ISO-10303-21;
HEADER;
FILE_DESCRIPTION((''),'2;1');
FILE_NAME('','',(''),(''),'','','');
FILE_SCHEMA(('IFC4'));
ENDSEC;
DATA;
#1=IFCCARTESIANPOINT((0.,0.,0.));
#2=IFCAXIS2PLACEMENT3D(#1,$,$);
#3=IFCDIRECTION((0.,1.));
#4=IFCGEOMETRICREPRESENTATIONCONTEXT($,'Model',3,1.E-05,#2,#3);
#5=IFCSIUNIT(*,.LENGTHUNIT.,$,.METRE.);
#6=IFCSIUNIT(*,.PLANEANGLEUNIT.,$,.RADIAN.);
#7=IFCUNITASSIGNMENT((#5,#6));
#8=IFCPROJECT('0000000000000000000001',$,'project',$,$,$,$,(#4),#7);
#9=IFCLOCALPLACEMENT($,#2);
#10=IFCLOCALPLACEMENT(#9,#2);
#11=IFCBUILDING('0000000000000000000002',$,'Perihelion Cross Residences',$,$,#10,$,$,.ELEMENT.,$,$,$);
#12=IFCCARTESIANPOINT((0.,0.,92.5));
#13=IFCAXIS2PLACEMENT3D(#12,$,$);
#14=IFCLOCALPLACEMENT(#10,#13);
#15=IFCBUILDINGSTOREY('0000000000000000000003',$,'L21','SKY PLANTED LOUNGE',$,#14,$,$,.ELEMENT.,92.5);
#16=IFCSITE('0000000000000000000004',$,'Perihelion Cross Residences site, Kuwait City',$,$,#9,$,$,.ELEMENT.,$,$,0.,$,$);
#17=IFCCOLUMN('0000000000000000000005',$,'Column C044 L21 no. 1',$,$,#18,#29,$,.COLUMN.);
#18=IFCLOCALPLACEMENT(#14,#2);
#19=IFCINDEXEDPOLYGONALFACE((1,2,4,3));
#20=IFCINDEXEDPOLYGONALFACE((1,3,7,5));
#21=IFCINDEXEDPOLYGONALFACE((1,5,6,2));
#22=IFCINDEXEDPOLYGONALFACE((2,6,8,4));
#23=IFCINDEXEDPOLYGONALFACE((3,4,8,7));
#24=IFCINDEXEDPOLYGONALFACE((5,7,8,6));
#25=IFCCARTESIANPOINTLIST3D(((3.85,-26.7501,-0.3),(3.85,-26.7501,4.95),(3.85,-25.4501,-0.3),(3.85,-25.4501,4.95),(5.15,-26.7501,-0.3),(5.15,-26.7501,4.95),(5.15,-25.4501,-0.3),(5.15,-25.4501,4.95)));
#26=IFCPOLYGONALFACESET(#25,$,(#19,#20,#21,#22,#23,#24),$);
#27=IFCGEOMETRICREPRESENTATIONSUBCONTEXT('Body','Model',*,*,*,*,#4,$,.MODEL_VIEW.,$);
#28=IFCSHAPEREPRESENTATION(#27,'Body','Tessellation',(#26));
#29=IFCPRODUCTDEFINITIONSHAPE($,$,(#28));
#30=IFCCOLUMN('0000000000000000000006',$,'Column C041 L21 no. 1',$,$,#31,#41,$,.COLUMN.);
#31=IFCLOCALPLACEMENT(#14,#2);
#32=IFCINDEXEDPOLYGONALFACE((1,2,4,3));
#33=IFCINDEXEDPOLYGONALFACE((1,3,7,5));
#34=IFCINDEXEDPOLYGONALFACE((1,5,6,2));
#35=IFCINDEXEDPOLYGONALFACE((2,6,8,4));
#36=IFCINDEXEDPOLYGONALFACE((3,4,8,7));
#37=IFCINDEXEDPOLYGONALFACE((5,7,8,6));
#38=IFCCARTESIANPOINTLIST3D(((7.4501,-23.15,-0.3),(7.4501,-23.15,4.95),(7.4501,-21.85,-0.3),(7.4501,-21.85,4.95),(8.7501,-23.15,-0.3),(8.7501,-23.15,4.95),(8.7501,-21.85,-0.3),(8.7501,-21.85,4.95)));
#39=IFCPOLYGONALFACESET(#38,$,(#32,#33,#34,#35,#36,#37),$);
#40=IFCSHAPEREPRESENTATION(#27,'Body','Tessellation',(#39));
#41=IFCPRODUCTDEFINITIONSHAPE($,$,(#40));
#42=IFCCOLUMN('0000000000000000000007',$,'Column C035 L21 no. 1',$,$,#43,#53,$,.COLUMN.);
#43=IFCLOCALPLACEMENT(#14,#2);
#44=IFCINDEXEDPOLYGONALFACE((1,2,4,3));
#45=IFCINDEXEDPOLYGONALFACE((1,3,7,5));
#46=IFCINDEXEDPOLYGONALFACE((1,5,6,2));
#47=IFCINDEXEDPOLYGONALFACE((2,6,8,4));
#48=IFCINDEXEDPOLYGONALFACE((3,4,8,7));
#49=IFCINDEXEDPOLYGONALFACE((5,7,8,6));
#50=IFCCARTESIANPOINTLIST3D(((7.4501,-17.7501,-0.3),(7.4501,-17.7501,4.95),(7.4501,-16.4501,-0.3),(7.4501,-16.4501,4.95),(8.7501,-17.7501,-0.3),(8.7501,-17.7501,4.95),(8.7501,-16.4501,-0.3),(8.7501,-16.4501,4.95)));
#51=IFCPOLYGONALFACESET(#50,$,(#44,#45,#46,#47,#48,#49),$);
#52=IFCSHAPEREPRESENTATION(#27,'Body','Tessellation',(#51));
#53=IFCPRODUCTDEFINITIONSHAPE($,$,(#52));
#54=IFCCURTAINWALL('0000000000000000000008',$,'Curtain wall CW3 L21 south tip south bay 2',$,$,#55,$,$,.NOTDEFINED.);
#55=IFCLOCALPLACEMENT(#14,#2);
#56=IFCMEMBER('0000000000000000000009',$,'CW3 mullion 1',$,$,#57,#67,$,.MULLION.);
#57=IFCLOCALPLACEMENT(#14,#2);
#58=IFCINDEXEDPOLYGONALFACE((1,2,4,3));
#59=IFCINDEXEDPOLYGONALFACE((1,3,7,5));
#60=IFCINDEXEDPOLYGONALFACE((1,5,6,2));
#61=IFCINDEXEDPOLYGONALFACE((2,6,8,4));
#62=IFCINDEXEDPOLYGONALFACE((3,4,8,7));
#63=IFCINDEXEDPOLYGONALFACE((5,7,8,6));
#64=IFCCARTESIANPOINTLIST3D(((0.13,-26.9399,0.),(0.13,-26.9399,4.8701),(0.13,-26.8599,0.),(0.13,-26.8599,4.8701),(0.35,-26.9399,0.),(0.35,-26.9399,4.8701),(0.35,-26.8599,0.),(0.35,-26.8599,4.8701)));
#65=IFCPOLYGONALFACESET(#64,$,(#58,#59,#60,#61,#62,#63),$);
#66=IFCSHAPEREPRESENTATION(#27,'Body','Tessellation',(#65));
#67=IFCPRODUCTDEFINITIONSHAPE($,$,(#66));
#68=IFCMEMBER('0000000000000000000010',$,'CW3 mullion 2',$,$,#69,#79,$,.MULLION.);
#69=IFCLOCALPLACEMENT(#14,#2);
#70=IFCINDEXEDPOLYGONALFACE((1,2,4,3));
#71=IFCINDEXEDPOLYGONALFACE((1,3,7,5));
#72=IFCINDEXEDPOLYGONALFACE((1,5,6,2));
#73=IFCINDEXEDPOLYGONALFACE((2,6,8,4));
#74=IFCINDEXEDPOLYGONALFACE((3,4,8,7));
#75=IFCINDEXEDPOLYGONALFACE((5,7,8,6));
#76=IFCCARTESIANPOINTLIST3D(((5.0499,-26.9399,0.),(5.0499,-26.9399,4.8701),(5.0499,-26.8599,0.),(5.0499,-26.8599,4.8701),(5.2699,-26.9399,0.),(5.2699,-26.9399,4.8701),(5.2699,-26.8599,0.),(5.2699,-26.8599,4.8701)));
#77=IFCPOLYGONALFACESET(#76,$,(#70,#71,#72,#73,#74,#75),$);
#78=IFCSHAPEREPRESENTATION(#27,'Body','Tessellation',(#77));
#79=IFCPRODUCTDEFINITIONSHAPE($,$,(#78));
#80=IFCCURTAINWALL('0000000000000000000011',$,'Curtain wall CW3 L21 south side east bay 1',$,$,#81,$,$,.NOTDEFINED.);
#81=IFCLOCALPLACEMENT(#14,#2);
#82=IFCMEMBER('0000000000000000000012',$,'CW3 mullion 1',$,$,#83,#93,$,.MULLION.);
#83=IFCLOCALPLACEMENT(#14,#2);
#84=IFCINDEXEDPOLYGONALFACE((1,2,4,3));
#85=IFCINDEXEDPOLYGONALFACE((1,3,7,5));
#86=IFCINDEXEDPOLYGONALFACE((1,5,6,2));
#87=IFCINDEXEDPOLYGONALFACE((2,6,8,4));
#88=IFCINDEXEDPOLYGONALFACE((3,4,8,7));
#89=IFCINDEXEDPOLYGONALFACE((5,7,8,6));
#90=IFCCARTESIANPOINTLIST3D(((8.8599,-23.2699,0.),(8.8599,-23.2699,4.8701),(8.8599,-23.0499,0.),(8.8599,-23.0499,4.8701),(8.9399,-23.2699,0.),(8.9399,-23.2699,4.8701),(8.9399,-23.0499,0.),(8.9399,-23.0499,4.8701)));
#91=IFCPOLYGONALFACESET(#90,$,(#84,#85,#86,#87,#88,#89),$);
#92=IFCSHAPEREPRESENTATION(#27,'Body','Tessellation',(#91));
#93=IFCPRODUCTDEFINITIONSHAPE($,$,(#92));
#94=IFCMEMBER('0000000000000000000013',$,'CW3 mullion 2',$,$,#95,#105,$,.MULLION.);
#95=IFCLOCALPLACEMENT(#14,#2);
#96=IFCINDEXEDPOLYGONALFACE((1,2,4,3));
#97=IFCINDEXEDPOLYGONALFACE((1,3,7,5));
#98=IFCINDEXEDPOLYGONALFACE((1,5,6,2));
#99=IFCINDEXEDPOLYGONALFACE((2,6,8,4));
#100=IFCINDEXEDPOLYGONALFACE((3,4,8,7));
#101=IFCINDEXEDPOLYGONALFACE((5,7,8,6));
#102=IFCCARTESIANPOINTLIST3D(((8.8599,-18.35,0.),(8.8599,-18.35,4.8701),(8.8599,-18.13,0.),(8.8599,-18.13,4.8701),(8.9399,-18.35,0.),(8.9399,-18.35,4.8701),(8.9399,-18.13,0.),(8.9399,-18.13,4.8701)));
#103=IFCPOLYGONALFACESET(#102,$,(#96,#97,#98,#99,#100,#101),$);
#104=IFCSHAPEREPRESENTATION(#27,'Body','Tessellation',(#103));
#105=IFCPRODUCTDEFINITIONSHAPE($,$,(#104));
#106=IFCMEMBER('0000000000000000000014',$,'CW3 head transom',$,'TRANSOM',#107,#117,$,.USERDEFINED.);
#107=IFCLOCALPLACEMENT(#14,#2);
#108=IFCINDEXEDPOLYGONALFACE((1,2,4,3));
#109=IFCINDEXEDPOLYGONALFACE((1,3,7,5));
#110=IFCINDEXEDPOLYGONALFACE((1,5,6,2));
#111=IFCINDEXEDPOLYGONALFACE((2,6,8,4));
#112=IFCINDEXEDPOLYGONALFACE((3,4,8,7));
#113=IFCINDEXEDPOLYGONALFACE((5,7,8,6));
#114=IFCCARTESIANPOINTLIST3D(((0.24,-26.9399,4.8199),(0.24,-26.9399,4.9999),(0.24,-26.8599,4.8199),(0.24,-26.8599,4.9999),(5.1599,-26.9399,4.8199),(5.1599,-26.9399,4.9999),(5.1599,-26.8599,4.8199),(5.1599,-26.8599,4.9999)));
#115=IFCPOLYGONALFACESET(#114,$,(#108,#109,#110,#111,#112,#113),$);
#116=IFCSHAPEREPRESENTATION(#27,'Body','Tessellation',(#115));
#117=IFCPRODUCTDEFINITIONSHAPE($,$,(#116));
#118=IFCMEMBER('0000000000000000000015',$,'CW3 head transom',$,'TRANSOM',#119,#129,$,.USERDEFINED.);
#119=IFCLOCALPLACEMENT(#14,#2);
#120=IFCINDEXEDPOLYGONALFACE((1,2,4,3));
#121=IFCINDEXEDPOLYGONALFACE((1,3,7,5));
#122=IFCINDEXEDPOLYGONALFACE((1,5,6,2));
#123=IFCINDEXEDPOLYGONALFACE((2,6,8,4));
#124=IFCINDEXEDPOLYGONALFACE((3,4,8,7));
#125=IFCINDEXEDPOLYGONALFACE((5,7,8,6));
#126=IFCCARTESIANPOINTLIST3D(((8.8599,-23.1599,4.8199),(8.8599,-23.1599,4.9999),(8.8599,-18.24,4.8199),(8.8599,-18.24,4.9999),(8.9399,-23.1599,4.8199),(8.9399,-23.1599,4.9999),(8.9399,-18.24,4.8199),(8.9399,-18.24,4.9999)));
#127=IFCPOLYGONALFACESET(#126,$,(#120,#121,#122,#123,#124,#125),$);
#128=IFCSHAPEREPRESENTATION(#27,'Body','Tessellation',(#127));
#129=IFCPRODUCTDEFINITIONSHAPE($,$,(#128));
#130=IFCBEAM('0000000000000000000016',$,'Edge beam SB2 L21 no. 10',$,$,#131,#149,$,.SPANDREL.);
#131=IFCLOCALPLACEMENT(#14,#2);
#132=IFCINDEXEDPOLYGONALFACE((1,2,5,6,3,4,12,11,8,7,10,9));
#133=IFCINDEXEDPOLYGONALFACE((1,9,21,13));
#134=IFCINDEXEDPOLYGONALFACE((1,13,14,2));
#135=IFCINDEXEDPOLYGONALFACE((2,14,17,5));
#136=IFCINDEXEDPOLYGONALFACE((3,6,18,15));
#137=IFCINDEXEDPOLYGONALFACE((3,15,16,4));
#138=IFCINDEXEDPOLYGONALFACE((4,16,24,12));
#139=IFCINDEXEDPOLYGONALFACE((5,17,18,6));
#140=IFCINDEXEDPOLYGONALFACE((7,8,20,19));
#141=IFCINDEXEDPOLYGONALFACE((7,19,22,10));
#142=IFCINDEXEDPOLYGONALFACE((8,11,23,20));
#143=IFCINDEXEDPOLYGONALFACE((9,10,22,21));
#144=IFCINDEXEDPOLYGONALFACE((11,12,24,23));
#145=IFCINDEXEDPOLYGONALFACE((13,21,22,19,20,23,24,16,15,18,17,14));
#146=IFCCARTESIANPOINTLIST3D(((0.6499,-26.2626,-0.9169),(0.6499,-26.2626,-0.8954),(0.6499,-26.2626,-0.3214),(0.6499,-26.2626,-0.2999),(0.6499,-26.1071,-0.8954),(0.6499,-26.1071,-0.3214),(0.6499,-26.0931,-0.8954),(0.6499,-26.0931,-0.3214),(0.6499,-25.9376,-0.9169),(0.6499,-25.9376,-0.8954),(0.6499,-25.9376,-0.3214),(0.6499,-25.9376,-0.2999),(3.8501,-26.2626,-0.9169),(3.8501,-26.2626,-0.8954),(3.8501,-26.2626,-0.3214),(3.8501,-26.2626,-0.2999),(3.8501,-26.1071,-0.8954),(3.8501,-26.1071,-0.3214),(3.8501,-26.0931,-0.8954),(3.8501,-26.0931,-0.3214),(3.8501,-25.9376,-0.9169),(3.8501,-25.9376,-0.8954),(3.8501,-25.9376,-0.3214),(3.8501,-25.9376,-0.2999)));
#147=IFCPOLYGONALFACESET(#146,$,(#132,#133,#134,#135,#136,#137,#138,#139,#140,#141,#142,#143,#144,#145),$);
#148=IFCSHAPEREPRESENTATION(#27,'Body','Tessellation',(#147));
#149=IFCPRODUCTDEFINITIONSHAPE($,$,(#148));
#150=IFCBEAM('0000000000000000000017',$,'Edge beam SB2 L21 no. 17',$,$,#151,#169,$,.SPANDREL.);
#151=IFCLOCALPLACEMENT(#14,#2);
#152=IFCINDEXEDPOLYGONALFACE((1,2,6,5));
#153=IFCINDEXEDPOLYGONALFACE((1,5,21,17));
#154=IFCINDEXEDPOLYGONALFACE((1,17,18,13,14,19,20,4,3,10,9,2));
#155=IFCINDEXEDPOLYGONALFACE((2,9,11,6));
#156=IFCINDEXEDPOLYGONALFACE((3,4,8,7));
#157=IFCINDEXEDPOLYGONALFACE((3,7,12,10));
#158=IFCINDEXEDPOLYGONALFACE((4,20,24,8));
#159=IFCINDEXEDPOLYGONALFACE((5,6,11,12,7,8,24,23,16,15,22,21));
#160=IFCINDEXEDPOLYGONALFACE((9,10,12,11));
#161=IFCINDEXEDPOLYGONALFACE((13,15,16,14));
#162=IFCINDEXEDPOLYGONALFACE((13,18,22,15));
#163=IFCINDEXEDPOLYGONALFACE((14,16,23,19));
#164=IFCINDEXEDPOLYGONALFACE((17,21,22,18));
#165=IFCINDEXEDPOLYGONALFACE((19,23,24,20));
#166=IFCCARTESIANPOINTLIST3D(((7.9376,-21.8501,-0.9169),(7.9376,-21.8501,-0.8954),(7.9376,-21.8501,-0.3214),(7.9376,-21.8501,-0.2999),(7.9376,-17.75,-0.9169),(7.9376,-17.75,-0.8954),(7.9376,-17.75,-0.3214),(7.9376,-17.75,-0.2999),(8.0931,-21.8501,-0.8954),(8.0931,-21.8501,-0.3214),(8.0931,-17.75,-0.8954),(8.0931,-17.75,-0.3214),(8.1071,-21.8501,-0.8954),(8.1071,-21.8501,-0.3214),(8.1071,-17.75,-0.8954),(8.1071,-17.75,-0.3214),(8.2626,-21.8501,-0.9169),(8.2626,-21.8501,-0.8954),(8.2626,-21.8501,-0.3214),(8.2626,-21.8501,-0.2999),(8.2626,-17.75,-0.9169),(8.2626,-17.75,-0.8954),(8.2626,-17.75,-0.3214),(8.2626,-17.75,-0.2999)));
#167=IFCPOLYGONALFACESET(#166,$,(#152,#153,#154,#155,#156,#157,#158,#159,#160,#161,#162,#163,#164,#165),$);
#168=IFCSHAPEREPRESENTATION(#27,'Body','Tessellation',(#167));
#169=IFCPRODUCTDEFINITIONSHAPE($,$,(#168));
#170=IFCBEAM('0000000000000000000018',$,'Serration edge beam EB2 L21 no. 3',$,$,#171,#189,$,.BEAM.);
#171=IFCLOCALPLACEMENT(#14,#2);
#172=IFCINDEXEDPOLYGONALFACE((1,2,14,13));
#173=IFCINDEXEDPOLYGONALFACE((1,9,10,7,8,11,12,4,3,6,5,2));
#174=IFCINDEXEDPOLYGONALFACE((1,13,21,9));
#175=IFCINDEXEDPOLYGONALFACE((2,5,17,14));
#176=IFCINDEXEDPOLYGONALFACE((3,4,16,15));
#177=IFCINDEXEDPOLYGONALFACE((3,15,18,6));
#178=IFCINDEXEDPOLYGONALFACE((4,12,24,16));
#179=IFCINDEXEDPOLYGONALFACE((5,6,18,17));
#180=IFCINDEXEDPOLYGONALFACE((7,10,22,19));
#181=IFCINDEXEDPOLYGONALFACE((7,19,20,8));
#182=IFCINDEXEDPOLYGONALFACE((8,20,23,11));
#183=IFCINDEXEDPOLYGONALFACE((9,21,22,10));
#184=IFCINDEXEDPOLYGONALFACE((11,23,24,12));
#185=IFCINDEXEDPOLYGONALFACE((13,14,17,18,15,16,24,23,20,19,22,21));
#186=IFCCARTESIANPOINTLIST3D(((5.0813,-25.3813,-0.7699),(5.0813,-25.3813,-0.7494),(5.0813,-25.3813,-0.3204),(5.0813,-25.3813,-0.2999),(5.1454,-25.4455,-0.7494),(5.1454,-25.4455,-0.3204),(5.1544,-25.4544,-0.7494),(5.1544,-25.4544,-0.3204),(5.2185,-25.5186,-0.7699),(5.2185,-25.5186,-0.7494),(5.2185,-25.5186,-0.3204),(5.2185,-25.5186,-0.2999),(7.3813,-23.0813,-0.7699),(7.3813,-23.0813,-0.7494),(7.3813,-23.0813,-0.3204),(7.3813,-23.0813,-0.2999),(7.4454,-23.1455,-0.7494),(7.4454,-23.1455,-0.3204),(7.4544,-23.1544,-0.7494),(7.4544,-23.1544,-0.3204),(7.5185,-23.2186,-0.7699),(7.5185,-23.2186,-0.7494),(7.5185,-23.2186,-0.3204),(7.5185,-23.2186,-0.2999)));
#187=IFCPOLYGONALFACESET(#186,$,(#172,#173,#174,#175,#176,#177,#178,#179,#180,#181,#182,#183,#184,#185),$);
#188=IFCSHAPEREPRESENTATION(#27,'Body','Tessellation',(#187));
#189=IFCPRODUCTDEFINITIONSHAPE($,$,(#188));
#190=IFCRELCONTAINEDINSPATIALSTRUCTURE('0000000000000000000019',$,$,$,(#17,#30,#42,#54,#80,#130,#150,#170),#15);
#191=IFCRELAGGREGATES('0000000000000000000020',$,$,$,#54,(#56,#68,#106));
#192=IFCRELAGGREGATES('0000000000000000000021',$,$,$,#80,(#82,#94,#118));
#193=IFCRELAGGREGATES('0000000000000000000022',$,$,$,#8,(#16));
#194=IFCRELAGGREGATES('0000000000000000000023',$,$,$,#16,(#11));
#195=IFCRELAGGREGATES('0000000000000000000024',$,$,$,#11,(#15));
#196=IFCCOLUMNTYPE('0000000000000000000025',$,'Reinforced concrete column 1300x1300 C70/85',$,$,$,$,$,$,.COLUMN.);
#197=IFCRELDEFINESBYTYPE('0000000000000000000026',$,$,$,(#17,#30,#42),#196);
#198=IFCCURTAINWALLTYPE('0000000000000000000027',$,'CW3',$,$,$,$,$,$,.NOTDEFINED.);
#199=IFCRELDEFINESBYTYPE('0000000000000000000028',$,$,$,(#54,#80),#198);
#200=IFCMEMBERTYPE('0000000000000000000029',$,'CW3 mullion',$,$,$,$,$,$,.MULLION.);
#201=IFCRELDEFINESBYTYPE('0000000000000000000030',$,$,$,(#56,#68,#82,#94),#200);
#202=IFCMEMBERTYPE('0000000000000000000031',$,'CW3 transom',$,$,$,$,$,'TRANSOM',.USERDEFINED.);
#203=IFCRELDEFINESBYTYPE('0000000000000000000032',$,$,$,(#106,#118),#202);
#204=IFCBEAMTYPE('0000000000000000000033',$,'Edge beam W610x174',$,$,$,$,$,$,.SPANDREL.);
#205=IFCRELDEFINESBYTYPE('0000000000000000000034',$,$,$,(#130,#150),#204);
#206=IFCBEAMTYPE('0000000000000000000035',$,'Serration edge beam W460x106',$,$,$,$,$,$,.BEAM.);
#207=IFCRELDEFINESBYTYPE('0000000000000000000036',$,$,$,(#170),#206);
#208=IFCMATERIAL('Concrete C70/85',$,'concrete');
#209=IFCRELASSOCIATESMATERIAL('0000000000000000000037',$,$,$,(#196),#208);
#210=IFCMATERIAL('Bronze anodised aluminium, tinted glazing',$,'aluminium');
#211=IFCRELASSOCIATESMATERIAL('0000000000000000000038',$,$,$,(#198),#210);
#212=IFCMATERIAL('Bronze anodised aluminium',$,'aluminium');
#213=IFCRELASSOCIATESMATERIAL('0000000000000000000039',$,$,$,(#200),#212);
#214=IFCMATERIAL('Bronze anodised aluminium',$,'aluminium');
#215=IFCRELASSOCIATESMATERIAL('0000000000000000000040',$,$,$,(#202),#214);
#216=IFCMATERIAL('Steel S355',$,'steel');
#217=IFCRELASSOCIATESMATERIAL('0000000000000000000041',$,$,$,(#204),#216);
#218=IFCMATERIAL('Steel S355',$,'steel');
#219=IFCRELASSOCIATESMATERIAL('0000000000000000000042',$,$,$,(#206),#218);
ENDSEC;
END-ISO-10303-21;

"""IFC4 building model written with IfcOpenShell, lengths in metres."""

from ifc_helpers import new_model, si_unit, direction, frame, origin, origin_2d, place, context, subcontext, project, spatial, rectangle, i_section, extrude, material, material_profile, profile_set, type_object, element, aggregate, save


model = new_model("IFC4")

# Units and contexts
model_context = context("Model", 3, precision=1e-05, world=origin(), true_north=direction((0.0, 1.0)))
body_context = subcontext(model_context, "Body", "Model", "MODEL_VIEW")
ifc_project = project(units=[si_unit("LENGTHUNIT", "METRE"), si_unit("PLANEANGLEUNIT", "RADIAN")], contexts=[model_context])

# Site, building, storey
site_placement = place(None, origin())
site = spatial("IfcSite", under=ifc_project, at=site_placement, Name="Perihelion Cross Residences site, Kuwait City", CompositionType="ELEMENT", RefElevation=0.0)
building_placement = place(site_placement, origin())
building = spatial("IfcBuilding", under=site, at=building_placement, Name="Perihelion Cross Residences", CompositionType="ELEMENT")
storey_placement = place(building_placement, frame((0.0, 0.0, 92.5)))
storey = spatial("IfcBuildingStorey", under=building, at=storey_placement, Name="L21", Description="SKY PLANTED LOUNGE", CompositionType="ELEMENT", Elevation=92.5)

# Columns
ifc_material_1 = material(Name="Concrete C70/85", Category="concrete")
ifc_material_profile_1 = material_profile(ifc_material_1, rectangle(XDim=1.3, YDim=1.3, at=origin_2d()), Name="RC 1300x1300")
ifc_profile_set_1 = profile_set([ifc_material_profile_1], Name="Concrete C70/85")
column_type = type_object("IfcColumnType", Name="Reinforced concrete column 1300x1300 C70/85", PredefinedType="COLUMN", material=ifc_profile_set_1)
for number, where, z_axis, x_axis, name in (
    (1, (4.5, -26.1001, -0.3), (0.0, 0.0, 1.0), (1.0, 0.0, 0.0), "Column C044 L21 no. 1"),
    (2, (8.1001, -22.5, -0.3), (0.0, 0.0, 1.0), (1.0, 0.0, 0.0), "Column C041 L21 no. 1"),
    (3, (8.1001, -17.1001, -0.3), (0.0, 0.0, 1.0), (1.0, 0.0, 0.0), "Column C035 L21 no. 1"),
):
    element("IfcColumn", number, at=place(storey_placement, frame(where, z_axis=z_axis, x_axis=x_axis)), inside=storey, type_object=column_type, Name=name, PredefinedType="COLUMN", context=body_context, shape_type="SweptSolid", body=[
        extrude(rectangle(XDim=1.3, YDim=1.3, at=origin_2d()), origin(), (0.0, 0.0, 1.0), 5.25),
    ])

# Curtain walls, members
ifc_material_2 = material(Name="Bronze anodised aluminium, tinted glazing", Category="aluminium")
curtain_wall_type = type_object("IfcCurtainWallType", Name="CW3", PredefinedType="NOTDEFINED", material=ifc_material_2)
curtain_wall_1_placement = place(storey_placement, origin())
curtain_wall_1 = element("IfcCurtainWall", 4, at=curtain_wall_1_placement, inside=storey, type_object=curtain_wall_type, Name="Curtain wall CW3 L21 south tip south bay 2", PredefinedType="NOTDEFINED")
ifc_material_3 = material(Name="Bronze anodised aluminium", Category="aluminium")
ifc_material_profile_2 = material_profile(ifc_material_3, rectangle(XDim=0.0801, YDim=0.22, at=origin_2d()), Name="CW3 mullion")
ifc_profile_set_2 = profile_set([ifc_material_profile_2], Name="Bronze anodised aluminium")
member_type_1 = type_object("IfcMemberType", Name="CW3 mullion", PredefinedType="MULLION", material=ifc_profile_set_2)
member_1_placement = place(storey_placement, frame((0.24, -26.8999, 0.0), z_axis=(0.0, 0.0, 1.0), x_axis=(0.0, 1.0, 0.0)))
member_1 = element("IfcMember", 5, at=member_1_placement, type_object=member_type_1, Name="CW3 mullion 1", PredefinedType="MULLION", context=body_context, shape_type="SweptSolid", body=[
    extrude(rectangle(XDim=0.0801, YDim=0.22, at=origin_2d()), origin(), (0.0, 0.0, 1.0), 4.8701),
])
member_2_placement = place(storey_placement, frame((5.1599, -26.8999, 0.0), z_axis=(0.0, 0.0, 1.0), x_axis=(0.0, 1.0, 0.0)))
member_2 = element("IfcMember", 6, at=member_2_placement, type_object=member_type_1, Name="CW3 mullion 2", PredefinedType="MULLION", context=body_context, shape_type="SweptSolid", body=[
    extrude(rectangle(XDim=0.0801, YDim=0.22, at=origin_2d()), origin(), (0.0, 0.0, 1.0), 4.8701),
])
curtain_wall_2_placement = place(storey_placement, origin())
curtain_wall_2 = element("IfcCurtainWall", 7, at=curtain_wall_2_placement, inside=storey, type_object=curtain_wall_type, Name="Curtain wall CW3 L21 south side east bay 1", PredefinedType="NOTDEFINED")
member_3_placement = place(storey_placement, frame((8.8999, -23.1599, 0.0), z_axis=(0.0, 0.0, 1.0), x_axis=(-1.0, 0.0, 0.0)))
member_3 = element("IfcMember", 8, at=member_3_placement, type_object=member_type_1, Name="CW3 mullion 1", PredefinedType="MULLION", context=body_context, shape_type="SweptSolid", body=[
    extrude(rectangle(XDim=0.0801, YDim=0.22, at=origin_2d()), origin(), (0.0, 0.0, 1.0), 4.8701),
])
member_4_placement = place(storey_placement, frame((8.8999, -18.24, 0.0), z_axis=(0.0, 0.0, 1.0), x_axis=(-1.0, 0.0, 0.0)))
member_4 = element("IfcMember", 9, at=member_4_placement, type_object=member_type_1, Name="CW3 mullion 2", PredefinedType="MULLION", context=body_context, shape_type="SweptSolid", body=[
    extrude(rectangle(XDim=0.0801, YDim=0.22, at=origin_2d()), origin(), (0.0, 0.0, 1.0), 4.8701),
])

# Members
ifc_material_4 = material(Name="Bronze anodised aluminium", Category="aluminium")
ifc_material_profile_3 = material_profile(ifc_material_4, rectangle(XDim=0.0801, YDim=0.1799, at=origin_2d()), Name="CW3 transom")
ifc_profile_set_3 = profile_set([ifc_material_profile_3], Name="Bronze anodised aluminium")
member_type_2 = type_object("IfcMemberType", Name="CW3 transom", ElementType="TRANSOM", PredefinedType="USERDEFINED", material=ifc_profile_set_3)
member_5_placement = place(storey_placement, frame((0.24, -26.8999, 4.9099), z_axis=(1.0, 0.0, 0.0), x_axis=(0.0, 1.0, 0.0)))
member_5 = element("IfcMember", 10, at=member_5_placement, type_object=member_type_2, Name="CW3 head transom", ObjectType="TRANSOM", PredefinedType="USERDEFINED", context=body_context, shape_type="SweptSolid", body=[
    extrude(rectangle(XDim=0.0801, YDim=0.1799, at=origin_2d()), origin(), (0.0, 0.0, 1.0), 4.9199),
])
member_6_placement = place(storey_placement, frame((8.8999, -23.1599, 4.9099), z_axis=(0.0, 1.0, 0.0), x_axis=(-1.0, 0.0, 0.0)))
member_6 = element("IfcMember", 11, at=member_6_placement, type_object=member_type_2, Name="CW3 head transom", ObjectType="TRANSOM", PredefinedType="USERDEFINED", context=body_context, shape_type="SweptSolid", body=[
    extrude(rectangle(XDim=0.0801, YDim=0.1799, at=origin_2d()), origin(), (0.0, 0.0, 1.0), 4.9199),
])

# Beams
ifc_material_5 = material(Name="Steel S355", Category="steel")
ifc_material_profile_4 = material_profile(ifc_material_5, i_section(OverallWidth=0.325, OverallDepth=0.6169, WebThickness=0.0139, FlangeThickness=0.0215, at=origin_2d()), Name="W610x174")
ifc_profile_set_4 = profile_set([ifc_material_profile_4], Name="Steel S355")
beam_type_1 = type_object("IfcBeamType", Name="Edge beam W610x174", PredefinedType="SPANDREL", material=ifc_profile_set_4)
beam_1_placement = place(storey_placement, frame((0.6499, -26.1001, -0.6084), z_axis=(1.0, 0.0, 0.0), x_axis=(0.0, 1.0, 0.0)))
element("IfcBeam", 12, at=beam_1_placement, inside=storey, type_object=beam_type_1, Name="Edge beam SB2 L21 no. 10", PredefinedType="SPANDREL", context=body_context, shape_type="SweptSolid", body=[
    extrude(i_section(OverallWidth=0.325, OverallDepth=0.6169, WebThickness=0.0139, FlangeThickness=0.0215, at=origin_2d()), origin(), (0.0, 0.0, 1.0), 3.2002),
])
beam_2_placement = place(storey_placement, frame((8.1001, -21.8501, -0.6084), z_axis=(0.0, 1.0, 0.0), x_axis=(-1.0, 0.0, 0.0)))
element("IfcBeam", 13, at=beam_2_placement, inside=storey, type_object=beam_type_1, Name="Edge beam SB2 L21 no. 17", PredefinedType="SPANDREL", context=body_context, shape_type="SweptSolid", body=[
    extrude(i_section(OverallWidth=0.325, OverallDepth=0.6169, WebThickness=0.0139, FlangeThickness=0.0215, at=origin_2d()), origin(), (0.0, 0.0, 1.0), 4.1001),
])
ifc_material_6 = material(Name="Steel S355", Category="steel")
ifc_material_profile_5 = material_profile(ifc_material_6, i_section(OverallWidth=0.1941, OverallDepth=0.47, WebThickness=0.0127, FlangeThickness=0.0205, at=origin_2d()), Name="W460x106")
ifc_profile_set_5 = profile_set([ifc_material_profile_5], Name="Steel S355")
beam_type_2 = type_object("IfcBeamType", Name="Serration edge beam W460x106", PredefinedType="BEAM", material=ifc_profile_set_5)
beam_3_placement = place(storey_placement, frame((5.1499, -25.45, -0.5349), z_axis=(0.707107, 0.707107, 0.0), x_axis=(-0.707107, 0.707107, 0.0)))
element("IfcBeam", 14, at=beam_3_placement, inside=storey, type_object=beam_type_2, Name="Serration edge beam EB2 L21 no. 3", PredefinedType="BEAM", context=body_context, shape_type="SweptSolid", body=[
    extrude(i_section(OverallWidth=0.1941, OverallDepth=0.47, WebThickness=0.0127, FlangeThickness=0.0205, at=origin_2d()), origin(), (0.0, 0.0, 1.0), 3.2527),
])

aggregate(curtain_wall_1, [member_1, member_2, member_5])
aggregate(curtain_wall_2, [member_3, member_4, member_6])

save(model, "model.ifc")
